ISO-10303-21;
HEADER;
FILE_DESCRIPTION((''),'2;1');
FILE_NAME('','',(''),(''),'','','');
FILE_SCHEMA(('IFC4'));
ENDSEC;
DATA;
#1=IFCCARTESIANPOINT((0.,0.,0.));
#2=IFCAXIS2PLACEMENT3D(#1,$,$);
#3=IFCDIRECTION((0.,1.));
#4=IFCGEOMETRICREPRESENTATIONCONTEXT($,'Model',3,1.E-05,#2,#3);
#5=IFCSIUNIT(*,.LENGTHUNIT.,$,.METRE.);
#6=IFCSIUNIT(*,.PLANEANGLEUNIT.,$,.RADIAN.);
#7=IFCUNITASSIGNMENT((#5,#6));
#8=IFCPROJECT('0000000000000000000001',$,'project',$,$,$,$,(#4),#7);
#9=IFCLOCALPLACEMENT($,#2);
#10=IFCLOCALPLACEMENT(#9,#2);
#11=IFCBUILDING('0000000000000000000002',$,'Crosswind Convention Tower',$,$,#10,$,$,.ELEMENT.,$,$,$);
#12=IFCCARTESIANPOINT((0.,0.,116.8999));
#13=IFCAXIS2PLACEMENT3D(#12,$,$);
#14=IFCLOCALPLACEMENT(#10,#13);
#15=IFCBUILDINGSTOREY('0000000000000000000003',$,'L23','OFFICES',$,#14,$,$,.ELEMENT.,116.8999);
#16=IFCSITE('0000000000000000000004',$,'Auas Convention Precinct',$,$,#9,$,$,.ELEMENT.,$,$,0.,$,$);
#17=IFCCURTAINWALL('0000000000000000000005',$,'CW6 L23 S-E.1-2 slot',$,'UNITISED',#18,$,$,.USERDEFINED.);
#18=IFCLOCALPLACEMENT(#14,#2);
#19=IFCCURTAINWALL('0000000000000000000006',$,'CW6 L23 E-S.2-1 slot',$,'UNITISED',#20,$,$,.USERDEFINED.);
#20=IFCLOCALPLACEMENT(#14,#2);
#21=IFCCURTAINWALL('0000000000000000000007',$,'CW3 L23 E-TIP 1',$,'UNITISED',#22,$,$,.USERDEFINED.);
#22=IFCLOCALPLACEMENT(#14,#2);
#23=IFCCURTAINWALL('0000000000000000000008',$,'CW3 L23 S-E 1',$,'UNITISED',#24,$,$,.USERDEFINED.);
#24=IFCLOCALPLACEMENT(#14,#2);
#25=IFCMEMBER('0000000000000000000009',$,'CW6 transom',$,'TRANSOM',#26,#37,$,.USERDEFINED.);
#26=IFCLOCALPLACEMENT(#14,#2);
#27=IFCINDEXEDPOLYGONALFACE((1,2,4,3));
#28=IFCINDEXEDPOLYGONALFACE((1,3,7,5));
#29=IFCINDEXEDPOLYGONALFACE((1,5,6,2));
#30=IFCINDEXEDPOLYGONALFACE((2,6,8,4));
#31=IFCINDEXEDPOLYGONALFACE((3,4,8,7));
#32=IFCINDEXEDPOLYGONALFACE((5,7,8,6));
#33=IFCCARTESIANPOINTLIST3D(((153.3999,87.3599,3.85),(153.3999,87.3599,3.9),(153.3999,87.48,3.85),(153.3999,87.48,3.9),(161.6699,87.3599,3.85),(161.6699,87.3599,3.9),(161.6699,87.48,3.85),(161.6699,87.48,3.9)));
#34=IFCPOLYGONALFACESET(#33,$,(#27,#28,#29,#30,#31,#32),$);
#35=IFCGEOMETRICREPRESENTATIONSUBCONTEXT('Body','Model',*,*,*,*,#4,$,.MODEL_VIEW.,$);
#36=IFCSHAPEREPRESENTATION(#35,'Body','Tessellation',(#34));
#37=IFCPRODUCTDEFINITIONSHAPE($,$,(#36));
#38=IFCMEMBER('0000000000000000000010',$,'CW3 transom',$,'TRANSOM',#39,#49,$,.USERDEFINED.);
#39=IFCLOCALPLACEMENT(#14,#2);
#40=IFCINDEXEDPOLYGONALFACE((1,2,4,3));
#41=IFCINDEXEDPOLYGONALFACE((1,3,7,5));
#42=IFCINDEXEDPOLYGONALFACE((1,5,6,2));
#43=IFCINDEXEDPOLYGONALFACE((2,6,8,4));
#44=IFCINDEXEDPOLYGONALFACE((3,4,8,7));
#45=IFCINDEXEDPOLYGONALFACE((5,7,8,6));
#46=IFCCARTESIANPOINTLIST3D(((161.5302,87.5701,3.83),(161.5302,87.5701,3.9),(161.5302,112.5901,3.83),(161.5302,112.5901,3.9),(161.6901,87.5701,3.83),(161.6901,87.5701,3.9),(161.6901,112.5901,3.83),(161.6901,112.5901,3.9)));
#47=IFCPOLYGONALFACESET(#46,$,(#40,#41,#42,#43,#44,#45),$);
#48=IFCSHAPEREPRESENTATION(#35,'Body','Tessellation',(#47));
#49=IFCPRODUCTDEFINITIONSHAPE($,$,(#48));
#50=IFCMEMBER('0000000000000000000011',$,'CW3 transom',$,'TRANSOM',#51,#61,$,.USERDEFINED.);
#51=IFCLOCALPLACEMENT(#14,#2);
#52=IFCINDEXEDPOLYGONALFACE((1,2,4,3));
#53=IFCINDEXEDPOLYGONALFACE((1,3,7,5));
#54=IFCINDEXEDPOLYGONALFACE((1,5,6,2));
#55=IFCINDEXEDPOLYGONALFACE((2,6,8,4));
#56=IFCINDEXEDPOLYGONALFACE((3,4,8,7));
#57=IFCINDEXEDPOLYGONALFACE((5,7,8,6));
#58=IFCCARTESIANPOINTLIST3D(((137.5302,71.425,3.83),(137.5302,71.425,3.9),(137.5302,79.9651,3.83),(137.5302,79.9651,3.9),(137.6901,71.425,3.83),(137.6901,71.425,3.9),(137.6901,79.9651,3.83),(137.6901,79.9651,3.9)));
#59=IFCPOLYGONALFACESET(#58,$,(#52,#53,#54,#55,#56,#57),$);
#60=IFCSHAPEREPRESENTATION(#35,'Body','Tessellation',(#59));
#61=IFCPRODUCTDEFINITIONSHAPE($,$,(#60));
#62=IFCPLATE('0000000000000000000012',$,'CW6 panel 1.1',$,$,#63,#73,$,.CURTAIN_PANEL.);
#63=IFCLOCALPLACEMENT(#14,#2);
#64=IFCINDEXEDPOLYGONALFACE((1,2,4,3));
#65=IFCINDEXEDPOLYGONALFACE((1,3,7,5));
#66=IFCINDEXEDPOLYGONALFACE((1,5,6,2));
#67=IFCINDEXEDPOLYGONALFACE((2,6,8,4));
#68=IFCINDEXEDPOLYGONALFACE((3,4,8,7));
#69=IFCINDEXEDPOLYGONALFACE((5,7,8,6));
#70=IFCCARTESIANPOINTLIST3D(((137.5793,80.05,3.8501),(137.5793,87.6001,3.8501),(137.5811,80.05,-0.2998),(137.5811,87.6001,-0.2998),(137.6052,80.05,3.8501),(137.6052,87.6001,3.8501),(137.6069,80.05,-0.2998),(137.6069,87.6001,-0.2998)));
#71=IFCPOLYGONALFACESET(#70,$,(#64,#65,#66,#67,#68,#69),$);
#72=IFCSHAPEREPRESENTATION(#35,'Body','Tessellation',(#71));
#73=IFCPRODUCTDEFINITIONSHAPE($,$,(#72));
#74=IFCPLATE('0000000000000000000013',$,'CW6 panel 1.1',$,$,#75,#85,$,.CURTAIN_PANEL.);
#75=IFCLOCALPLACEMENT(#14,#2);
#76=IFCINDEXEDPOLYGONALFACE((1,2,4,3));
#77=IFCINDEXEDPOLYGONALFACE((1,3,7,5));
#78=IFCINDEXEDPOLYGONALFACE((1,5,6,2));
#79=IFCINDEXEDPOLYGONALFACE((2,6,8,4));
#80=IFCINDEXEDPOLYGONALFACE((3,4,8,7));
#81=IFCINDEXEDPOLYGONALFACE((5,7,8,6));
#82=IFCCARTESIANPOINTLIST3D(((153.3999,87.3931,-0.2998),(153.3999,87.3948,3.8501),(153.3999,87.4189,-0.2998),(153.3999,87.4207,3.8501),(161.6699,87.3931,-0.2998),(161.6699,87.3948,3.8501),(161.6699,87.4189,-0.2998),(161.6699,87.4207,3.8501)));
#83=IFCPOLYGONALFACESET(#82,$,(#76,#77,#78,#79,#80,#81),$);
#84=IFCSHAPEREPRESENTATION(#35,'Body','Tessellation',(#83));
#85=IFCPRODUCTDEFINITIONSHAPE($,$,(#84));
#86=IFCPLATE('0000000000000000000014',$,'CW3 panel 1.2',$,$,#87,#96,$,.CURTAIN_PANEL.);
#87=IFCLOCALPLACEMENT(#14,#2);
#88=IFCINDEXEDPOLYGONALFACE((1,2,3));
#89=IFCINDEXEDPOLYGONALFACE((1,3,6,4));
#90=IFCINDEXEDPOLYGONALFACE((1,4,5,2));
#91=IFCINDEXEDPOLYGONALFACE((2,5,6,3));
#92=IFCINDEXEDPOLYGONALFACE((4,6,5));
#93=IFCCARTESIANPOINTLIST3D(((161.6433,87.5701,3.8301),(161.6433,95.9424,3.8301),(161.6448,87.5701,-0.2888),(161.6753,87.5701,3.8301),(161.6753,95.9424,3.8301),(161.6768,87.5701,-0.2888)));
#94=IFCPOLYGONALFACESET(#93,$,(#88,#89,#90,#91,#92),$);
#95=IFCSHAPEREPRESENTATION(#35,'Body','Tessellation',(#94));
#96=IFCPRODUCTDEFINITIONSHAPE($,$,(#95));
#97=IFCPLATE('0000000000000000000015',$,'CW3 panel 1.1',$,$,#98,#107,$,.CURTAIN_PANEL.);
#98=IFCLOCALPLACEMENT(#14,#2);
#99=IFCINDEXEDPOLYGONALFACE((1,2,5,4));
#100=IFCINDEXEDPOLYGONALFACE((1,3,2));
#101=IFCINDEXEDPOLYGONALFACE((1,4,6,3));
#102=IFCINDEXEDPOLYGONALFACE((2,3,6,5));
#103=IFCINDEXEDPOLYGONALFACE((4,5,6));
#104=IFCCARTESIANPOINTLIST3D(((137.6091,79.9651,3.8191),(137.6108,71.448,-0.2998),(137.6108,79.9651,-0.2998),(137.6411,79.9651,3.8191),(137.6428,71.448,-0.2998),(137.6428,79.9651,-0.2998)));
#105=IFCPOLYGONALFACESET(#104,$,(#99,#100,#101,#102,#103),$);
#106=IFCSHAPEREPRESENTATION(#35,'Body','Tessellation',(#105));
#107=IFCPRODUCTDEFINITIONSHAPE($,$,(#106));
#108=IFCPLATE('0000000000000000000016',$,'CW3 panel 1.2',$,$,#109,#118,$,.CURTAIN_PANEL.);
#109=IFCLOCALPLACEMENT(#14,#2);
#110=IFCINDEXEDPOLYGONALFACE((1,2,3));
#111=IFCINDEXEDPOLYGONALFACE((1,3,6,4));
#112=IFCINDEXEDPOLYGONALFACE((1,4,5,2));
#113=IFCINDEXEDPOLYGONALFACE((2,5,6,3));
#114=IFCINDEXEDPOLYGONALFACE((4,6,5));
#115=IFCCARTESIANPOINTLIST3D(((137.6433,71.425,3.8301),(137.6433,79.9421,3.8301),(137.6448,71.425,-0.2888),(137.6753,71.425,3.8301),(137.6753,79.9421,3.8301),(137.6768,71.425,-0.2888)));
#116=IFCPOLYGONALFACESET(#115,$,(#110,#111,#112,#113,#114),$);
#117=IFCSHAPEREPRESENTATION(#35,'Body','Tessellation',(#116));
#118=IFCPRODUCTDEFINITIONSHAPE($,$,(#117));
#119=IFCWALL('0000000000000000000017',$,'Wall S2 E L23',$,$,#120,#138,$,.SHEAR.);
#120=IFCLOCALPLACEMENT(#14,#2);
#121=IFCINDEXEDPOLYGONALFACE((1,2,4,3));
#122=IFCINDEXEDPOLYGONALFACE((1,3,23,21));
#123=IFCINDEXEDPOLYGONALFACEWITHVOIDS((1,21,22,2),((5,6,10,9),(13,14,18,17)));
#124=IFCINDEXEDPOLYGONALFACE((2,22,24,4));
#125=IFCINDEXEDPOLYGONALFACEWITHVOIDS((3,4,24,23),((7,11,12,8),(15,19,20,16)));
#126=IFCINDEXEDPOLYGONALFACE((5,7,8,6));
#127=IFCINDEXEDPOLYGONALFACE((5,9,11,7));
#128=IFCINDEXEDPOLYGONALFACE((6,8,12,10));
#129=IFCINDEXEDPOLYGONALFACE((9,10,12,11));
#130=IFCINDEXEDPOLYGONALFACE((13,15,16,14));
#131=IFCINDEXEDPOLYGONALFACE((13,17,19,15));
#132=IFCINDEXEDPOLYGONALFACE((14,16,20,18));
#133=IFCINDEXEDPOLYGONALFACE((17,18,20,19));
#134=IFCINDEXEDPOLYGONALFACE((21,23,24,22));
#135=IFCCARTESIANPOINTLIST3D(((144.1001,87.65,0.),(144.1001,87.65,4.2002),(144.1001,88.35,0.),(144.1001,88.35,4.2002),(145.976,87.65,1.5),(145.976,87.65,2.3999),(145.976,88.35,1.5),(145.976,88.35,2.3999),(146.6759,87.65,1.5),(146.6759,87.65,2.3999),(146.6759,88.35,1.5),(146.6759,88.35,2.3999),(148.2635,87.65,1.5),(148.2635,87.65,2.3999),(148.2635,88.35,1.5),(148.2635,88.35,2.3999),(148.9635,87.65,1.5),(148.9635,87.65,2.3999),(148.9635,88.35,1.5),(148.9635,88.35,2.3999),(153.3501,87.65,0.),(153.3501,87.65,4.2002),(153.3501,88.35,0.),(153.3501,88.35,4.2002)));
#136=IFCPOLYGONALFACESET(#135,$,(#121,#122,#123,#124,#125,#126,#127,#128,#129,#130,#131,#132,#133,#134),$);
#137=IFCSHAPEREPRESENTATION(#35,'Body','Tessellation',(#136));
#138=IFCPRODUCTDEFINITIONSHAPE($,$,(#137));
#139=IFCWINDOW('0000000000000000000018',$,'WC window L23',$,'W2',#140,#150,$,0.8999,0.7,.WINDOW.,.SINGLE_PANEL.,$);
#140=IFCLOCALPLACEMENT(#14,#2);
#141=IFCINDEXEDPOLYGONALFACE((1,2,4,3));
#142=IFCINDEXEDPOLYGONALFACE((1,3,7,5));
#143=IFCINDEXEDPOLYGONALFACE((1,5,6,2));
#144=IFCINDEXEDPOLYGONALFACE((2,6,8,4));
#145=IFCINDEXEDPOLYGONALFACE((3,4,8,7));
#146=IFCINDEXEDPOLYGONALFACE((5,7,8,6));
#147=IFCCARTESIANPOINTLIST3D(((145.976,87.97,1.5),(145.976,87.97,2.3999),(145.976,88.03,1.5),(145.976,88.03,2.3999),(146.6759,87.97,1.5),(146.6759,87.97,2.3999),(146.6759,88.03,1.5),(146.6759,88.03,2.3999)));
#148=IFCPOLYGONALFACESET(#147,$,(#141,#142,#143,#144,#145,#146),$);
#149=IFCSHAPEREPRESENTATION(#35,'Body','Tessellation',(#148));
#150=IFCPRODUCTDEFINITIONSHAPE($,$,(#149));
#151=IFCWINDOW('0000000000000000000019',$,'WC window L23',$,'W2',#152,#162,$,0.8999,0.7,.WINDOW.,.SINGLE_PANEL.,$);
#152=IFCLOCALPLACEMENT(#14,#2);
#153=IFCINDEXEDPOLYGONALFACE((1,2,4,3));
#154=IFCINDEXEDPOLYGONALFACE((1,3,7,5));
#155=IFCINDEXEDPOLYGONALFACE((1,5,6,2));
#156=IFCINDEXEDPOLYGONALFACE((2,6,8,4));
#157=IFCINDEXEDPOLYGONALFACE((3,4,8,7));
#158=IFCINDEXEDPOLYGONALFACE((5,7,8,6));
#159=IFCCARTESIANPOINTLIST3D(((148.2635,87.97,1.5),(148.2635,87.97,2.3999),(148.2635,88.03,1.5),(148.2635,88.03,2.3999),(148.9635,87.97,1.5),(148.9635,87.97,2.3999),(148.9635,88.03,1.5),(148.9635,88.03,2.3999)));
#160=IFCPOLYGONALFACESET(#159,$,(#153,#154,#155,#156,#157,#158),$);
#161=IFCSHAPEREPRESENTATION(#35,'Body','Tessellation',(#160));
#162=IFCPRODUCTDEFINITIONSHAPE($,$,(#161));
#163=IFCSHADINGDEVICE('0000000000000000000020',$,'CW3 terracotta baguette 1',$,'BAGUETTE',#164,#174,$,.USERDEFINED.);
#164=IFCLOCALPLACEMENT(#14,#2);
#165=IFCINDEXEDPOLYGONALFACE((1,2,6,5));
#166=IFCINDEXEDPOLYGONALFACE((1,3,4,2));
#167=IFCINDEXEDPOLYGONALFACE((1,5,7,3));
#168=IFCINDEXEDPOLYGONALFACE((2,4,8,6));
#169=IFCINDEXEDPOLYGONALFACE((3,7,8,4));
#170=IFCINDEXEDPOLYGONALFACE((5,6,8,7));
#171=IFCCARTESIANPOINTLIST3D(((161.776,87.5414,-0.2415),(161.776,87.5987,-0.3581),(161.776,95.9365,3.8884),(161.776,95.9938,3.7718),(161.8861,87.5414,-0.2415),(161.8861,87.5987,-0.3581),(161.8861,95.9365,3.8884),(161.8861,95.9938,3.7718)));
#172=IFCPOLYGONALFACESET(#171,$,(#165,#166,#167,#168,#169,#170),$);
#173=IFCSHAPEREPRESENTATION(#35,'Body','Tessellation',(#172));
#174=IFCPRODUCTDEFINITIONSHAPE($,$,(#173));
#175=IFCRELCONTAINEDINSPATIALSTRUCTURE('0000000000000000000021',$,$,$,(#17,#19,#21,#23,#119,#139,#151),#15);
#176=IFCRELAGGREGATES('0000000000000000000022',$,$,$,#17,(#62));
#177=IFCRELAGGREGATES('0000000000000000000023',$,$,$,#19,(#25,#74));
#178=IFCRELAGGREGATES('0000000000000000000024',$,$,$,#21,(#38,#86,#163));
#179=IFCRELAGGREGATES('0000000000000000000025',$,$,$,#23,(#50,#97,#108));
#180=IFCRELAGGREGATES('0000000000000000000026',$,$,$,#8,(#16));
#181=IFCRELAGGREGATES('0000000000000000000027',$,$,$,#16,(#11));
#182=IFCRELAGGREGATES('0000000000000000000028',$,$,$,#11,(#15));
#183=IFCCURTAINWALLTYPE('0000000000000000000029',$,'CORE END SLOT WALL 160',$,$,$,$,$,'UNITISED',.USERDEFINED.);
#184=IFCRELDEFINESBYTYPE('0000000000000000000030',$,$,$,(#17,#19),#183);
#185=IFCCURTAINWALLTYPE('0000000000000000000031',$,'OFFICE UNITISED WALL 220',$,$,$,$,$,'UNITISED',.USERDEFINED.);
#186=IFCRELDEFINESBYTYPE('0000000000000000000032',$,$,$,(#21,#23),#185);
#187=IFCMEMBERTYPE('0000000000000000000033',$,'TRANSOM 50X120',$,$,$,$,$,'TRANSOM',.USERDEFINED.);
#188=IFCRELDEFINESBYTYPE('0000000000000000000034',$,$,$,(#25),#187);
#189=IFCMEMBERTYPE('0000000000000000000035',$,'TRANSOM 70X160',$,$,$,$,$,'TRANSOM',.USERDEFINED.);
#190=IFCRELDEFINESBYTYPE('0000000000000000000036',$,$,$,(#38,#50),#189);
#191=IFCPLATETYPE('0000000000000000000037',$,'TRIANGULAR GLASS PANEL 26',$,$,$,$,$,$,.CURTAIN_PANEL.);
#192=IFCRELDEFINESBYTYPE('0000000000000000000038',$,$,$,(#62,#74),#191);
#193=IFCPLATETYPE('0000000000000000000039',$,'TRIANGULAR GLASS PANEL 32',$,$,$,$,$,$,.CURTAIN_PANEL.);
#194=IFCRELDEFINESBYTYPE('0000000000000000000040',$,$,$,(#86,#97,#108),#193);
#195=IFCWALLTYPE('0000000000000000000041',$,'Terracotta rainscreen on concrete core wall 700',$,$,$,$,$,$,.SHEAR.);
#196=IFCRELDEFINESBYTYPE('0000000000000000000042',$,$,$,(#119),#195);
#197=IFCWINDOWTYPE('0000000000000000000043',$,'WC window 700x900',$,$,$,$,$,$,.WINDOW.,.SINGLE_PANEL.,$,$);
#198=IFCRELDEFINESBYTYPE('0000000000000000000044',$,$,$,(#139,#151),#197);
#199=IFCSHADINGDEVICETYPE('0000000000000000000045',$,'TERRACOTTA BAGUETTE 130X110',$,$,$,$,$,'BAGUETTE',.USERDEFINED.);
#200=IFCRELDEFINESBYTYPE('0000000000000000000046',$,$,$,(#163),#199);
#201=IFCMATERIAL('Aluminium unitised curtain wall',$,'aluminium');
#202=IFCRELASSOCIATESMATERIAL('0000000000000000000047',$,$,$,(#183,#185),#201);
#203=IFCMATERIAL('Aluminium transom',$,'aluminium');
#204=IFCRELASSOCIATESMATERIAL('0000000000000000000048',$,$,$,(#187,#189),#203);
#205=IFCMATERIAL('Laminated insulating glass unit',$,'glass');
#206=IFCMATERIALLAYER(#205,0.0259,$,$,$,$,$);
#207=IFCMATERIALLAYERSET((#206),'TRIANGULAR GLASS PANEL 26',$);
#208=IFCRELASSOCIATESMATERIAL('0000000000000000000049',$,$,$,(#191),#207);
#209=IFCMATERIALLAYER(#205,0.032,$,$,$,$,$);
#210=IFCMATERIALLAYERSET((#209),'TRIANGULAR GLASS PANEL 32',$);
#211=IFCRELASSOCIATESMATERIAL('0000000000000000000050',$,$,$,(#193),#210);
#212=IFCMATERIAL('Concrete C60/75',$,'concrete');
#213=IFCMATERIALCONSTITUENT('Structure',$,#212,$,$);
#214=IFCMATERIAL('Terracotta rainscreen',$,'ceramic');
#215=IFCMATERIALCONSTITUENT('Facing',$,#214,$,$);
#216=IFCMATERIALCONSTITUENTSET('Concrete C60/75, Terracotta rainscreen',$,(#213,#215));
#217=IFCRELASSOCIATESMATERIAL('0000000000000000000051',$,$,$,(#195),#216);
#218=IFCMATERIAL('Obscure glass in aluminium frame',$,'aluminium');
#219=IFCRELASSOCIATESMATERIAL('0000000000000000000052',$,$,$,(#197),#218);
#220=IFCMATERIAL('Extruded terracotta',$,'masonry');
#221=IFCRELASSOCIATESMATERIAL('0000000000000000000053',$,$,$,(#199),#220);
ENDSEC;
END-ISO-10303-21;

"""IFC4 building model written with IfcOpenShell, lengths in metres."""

from ifc_helpers import new_model, si_unit, direction, frame, frame_2d, origin, origin_2d, place, context, subcontext, project, spatial, polyline, rectangle, outline, extrude, material, layer, layer_set, constituent, constituent_set, material_profile, profile_set, type_object, element, fill, aggregate, save


model = new_model("IFC4")

# Units and contexts
model_context = context("Model", 3, precision=1e-05, world=origin(), true_north=direction((0.0, 1.0)))
body_context = subcontext(model_context, "Body", "Model", "MODEL_VIEW")
ifc_project = project(units=[si_unit("LENGTHUNIT", "METRE"), si_unit("PLANEANGLEUNIT", "RADIAN")], contexts=[model_context])

# Site, building, storey
site_placement = place(None, origin())
site = spatial("IfcSite", under=ifc_project, at=site_placement, Name="Auas Convention Precinct", CompositionType="ELEMENT", RefElevation=0.0)
building_placement = place(site_placement, origin())
building = spatial("IfcBuilding", under=site, at=building_placement, Name="Crosswind Convention Tower", CompositionType="ELEMENT")
storey_placement = place(building_placement, frame((0.0, 0.0, 116.8999)))
storey = spatial("IfcBuildingStorey", under=building, at=storey_placement, Name="L23", Description="OFFICES", CompositionType="ELEMENT", Elevation=116.8999)

# Shared definitions
ifc_material_1 = material(Name="Concrete C60/75", Category="concrete")

# Curtain wall
ifc_material_2 = material(Name="Aluminium unitised curtain wall", Category="aluminium")
curtain_wall_type_1 = type_object("IfcCurtainWallType", Name="CORE END SLOT WALL 160", ElementType="UNITISED", PredefinedType="USERDEFINED", material=ifc_material_2)
curtain_wall_1_placement = place(storey_placement, origin())
curtain_wall_1 = element("IfcCurtainWall", 1, at=curtain_wall_1_placement, inside=storey, type_object=curtain_wall_type_1, Name="CW6 L23 S-E.1-2 slot", ObjectType="UNITISED", PredefinedType="USERDEFINED")

# Curtain wall
curtain_wall_2_placement = place(storey_placement, origin())
curtain_wall_2 = element("IfcCurtainWall", 2, at=curtain_wall_2_placement, inside=storey, type_object=curtain_wall_type_1, Name="CW6 L23 E-S.2-1 slot", ObjectType="UNITISED", PredefinedType="USERDEFINED")

# Curtain walls
curtain_wall_type_2 = type_object("IfcCurtainWallType", Name="OFFICE UNITISED WALL 220", ElementType="UNITISED", PredefinedType="USERDEFINED", material=ifc_material_2)
curtain_wall_3_placement = place(storey_placement, origin())
curtain_wall_3 = element("IfcCurtainWall", 3, at=curtain_wall_3_placement, inside=storey, type_object=curtain_wall_type_2, Name="CW3 L23 E-TIP 1", ObjectType="UNITISED", PredefinedType="USERDEFINED")
curtain_wall_4_placement = place(storey_placement, origin())
curtain_wall_4 = element("IfcCurtainWall", 4, at=curtain_wall_4_placement, inside=storey, type_object=curtain_wall_type_2, Name="CW3 L23 S-E 1", ObjectType="UNITISED", PredefinedType="USERDEFINED")

# Members
ifc_material_3 = material(Name="Aluminium transom", Category="aluminium")
ifc_material_profile_1 = material_profile(ifc_material_3, rectangle(XDim=0.1201, YDim=0.05, at=origin_2d()), Name="AL 120X50")
ifc_profile_set_1 = profile_set([ifc_material_profile_1], Name="Aluminium transom")
member_type_1 = type_object("IfcMemberType", Name="TRANSOM 50X120", ElementType="TRANSOM", PredefinedType="USERDEFINED", material=ifc_profile_set_1)
member_1_placement = place(storey_placement, frame((153.3999, 87.4199, 3.875), z_axis=(1.0, 0.0, 0.0), x_axis=(0.0, 1.0, 0.0)))
member_1 = element("IfcMember", 5, at=member_1_placement, type_object=member_type_1, Name="CW6 transom", ObjectType="TRANSOM", PredefinedType="USERDEFINED", context=body_context, shape_type="SweptSolid", body=[
    extrude(rectangle(XDim=0.1201, YDim=0.05, at=origin_2d()), origin(), (0.0, 0.0, 1.0), 8.27),
])
ifc_material_profile_2 = material_profile(ifc_material_3, rectangle(XDim=0.1599, YDim=0.0701, at=origin_2d()), Name="AL 160X70")
ifc_profile_set_2 = profile_set([ifc_material_profile_2], Name="Aluminium transom")
member_type_2 = type_object("IfcMemberType", Name="TRANSOM 70X160", ElementType="TRANSOM", PredefinedType="USERDEFINED", material=ifc_profile_set_2)
member_2_placement = place(storey_placement, frame((161.6101, 87.5701, 3.865), z_axis=(0.0, 1.0, 0.0), x_axis=(-1.0, 0.0, 0.0)))
member_2 = element("IfcMember", 6, at=member_2_placement, type_object=member_type_2, Name="CW3 transom", ObjectType="TRANSOM", PredefinedType="USERDEFINED", context=body_context, shape_type="SweptSolid", body=[
    extrude(rectangle(XDim=0.1599, YDim=0.0701, at=origin_2d()), origin(), (0.0, 0.0, 1.0), 25.02),
])
member_3_placement = place(storey_placement, frame((137.6101, 71.425, 3.865), z_axis=(0.0, 1.0, 0.0), x_axis=(-1.0, 0.0, 0.0)))
member_3 = element("IfcMember", 7, at=member_3_placement, type_object=member_type_2, Name="CW3 transom", ObjectType="TRANSOM", PredefinedType="USERDEFINED", context=body_context, shape_type="SweptSolid", body=[
    extrude(rectangle(XDim=0.1599, YDim=0.0701, at=origin_2d()), origin(), (0.0, 0.0, 1.0), 8.54),
])

# Plates
ifc_material_4 = material(Name="Laminated insulating glass unit", Category="glass")
ifc_layer_1 = layer(ifc_material_4, 0.0259)
ifc_layer_set_1 = layer_set([ifc_layer_1], Name="TRIANGULAR GLASS PANEL 26")
plate_type_1 = type_object("IfcPlateType", Name="TRIANGULAR GLASS PANEL 26", PredefinedType="CURTAIN_PANEL", material=ifc_layer_set_1)
plate_1_placement = place(storey_placement, frame((137.6069, 80.05, -0.2998), z_axis=(1.0, 0.0, 0.000412), x_axis=(0.0, 1.0, 0.0)))
plate_1 = element("IfcPlate", 8, at=plate_1_placement, type_object=plate_type_1, Name="CW6 panel 1.1", PredefinedType="CURTAIN_PANEL", context=body_context, shape_type="SweptSolid", body=[
    extrude(outline(polyline([(0.0, 0.0), (7.55, 0.0), (7.55, 4.1499), (0.0, 4.1499), (0.0, 0.0)])), origin(), (0.0, 0.0, -1.0), 0.0259),
])
aggregate(curtain_wall_1, [plate_1])
plate_2_placement = place(storey_placement, frame((153.3999, 87.3931, -0.2998), z_axis=(0.0, -1.0, 0.000412), x_axis=(1.0, 0.0, 0.0)))
plate_2 = element("IfcPlate", 9, at=plate_2_placement, type_object=plate_type_1, Name="CW6 panel 1.1", PredefinedType="CURTAIN_PANEL", context=body_context, shape_type="SweptSolid", body=[
    extrude(outline(polyline([(0.0, 0.0), (8.27, 0.0), (8.27, 4.1499), (0.0, 4.1499), (0.0, 0.0)])), origin(), (0.0, 0.0, -1.0), 0.0259),
])
aggregate(curtain_wall_2, [member_1, plate_2])
ifc_layer_2 = layer(ifc_material_4, 0.032)
ifc_layer_set_2 = layer_set([ifc_layer_2], Name="TRIANGULAR GLASS PANEL 32")
plate_type_2 = type_object("IfcPlateType", Name="TRIANGULAR GLASS PANEL 32", PredefinedType="CURTAIN_PANEL", material=ifc_layer_set_2)
plate_3_placement = place(storey_placement, frame((161.6753, 87.5701, 3.8301), z_axis=(1.0, 0.0, 0.000356), x_axis=(0.000356, 0.0, -1.0)))
plate_3 = element("IfcPlate", 10, at=plate_3_placement, type_object=plate_type_2, Name="CW3 panel 1.2", PredefinedType="CURTAIN_PANEL", context=body_context, shape_type="SweptSolid", body=[
    extrude(outline(polyline([(0.0, 0.0), (4.1189, 0.0), (0.0, 8.3723), (0.0, 0.0)])), origin(), (0.0, 0.0, -1.0), 0.032),
])
plate_4_placement = place(storey_placement, frame((137.6428, 79.9651, -0.2998), z_axis=(1.0, 0.0, 0.000415), x_axis=(-0.000415, 0.0, 1.0)))
plate_4 = element("IfcPlate", 11, at=plate_4_placement, type_object=plate_type_2, Name="CW3 panel 1.1", PredefinedType="CURTAIN_PANEL", context=body_context, shape_type="SweptSolid", body=[
    extrude(outline(polyline([(0.0, 0.0), (4.1189, 0.0), (0.0, 8.5171), (0.0, 0.0)])), origin(), (0.0, 0.0, -1.0), 0.032),
])
plate_5_placement = place(storey_placement, frame((137.6753, 71.425, 3.8301), z_axis=(1.0, 0.0, 0.000356), x_axis=(0.000356, 0.0, -1.0)))
plate_5 = element("IfcPlate", 12, at=plate_5_placement, type_object=plate_type_2, Name="CW3 panel 1.2", PredefinedType="CURTAIN_PANEL", context=body_context, shape_type="SweptSolid", body=[
    extrude(outline(polyline([(0.0, 0.0), (4.1189, 0.0), (0.0, 8.5171), (0.0, 0.0)])), origin(), (0.0, 0.0, -1.0), 0.032),
])

# Wall, openings, windows
ifc_constituent_1 = constituent(ifc_material_1, Name="Structure")
ifc_material_5 = material(Name="Terracotta rainscreen", Category="ceramic")
ifc_constituent_2 = constituent(ifc_material_5, Name="Facing")
ifc_constituent_set = constituent_set(constituents=[ifc_constituent_1, ifc_constituent_2], Name="Concrete C60/75, Terracotta rainscreen")
wall_type = type_object("IfcWallType", Name="Terracotta rainscreen on concrete core wall 700", PredefinedType="SHEAR", material=ifc_constituent_set)
wall_placement = place(storey_placement, frame((144.1001, 88.0, 0.0), z_axis=(0.0, 0.0, 1.0), x_axis=(1.0, 0.0, 0.0)))
wall = element("IfcWall", 13, at=wall_placement, inside=storey, type_object=wall_type, Name="Wall S2 E L23", PredefinedType="SHEAR", context=body_context, shape_type="SweptSolid", body=[
    extrude(rectangle(XDim=9.25, YDim=0.7, at=frame_2d((4.625, 0.0))), origin(), (0.0, 0.0, 1.0), 4.2002),
])
opening_1_placement = place(wall_placement, frame((1.8757, 0.0, 1.5)))
opening_1 = element("IfcOpeningElement", 14, at=opening_1_placement, cuts=wall, PredefinedType="OPENING", context=body_context, shape_type="SweptSolid", body=[
    extrude(rectangle(XDim=0.7, YDim=0.8999, at=frame_2d((0.3501, 0.45))), frame((0.0, 0.3599, 0.0), z_axis=(0.0, -1.0, 0.0), x_axis=(1.0, 0.0, 0.0)), (0.0, 0.0, 1.0), 0.72),
])
opening_2_placement = place(wall_placement, frame((4.1633, 0.0, 1.5)))
opening_2 = element("IfcOpeningElement", 15, at=opening_2_placement, cuts=wall, PredefinedType="OPENING", context=body_context, shape_type="SweptSolid", body=[
    extrude(rectangle(XDim=0.7, YDim=0.8999, at=frame_2d((0.3501, 0.45))), frame((0.0, 0.3599, 0.0), z_axis=(0.0, -1.0, 0.0), x_axis=(1.0, 0.0, 0.0)), (0.0, 0.0, 1.0), 0.72),
])
ifc_material_6 = material(Name="Obscure glass in aluminium frame", Category="aluminium")
window_type = type_object("IfcWindowType", Name="WC window 700x900", PartitioningType="SINGLE_PANEL", PredefinedType="WINDOW", material=ifc_material_6)
window_1_placement = place(opening_1_placement, origin())
window_1 = element("IfcWindow", 16, at=window_1_placement, inside=storey, type_object=window_type, Name="WC window L23", ObjectType="W2", OverallHeight=0.8999, OverallWidth=0.7, PartitioningType="SINGLE_PANEL", PredefinedType="WINDOW", context=body_context, shape_type="SweptSolid", body=[
    extrude(rectangle(XDim=0.7, YDim=0.8999, at=frame_2d((0.3501, 0.45))), frame((0.0, 0.03, 0.0), z_axis=(0.0, -1.0, 0.0), x_axis=(1.0, 0.0, 0.0)), (0.0, 0.0, 1.0), 0.0601),
])
fill(opening_1, window_1)
window_2_placement = place(opening_2_placement, origin())
window_2 = element("IfcWindow", 17, at=window_2_placement, inside=storey, type_object=window_type, Name="WC window L23", ObjectType="W2", OverallHeight=0.8999, OverallWidth=0.7, PartitioningType="SINGLE_PANEL", PredefinedType="WINDOW", context=body_context, shape_type="SweptSolid", body=[
    extrude(rectangle(XDim=0.7, YDim=0.8999, at=frame_2d((0.3501, 0.45))), frame((0.0, 0.03, 0.0), z_axis=(0.0, -1.0, 0.0), x_axis=(1.0, 0.0, 0.0)), (0.0, 0.0, 1.0), 0.0601),
])
fill(opening_2, window_2)

# Shading device
ifc_material_7 = material(Name="Extruded terracotta", Category="masonry")
ifc_material_profile_3 = material_profile(ifc_material_7, rectangle(XDim=0.1101, YDim=0.1299, at=origin_2d()), Name="TC 110X130")
ifc_profile_set_3 = profile_set([ifc_material_profile_3], Name="Extruded terracotta")
shading_device_type = type_object("IfcShadingDeviceType", Name="TERRACOTTA BAGUETTE 130X110", ElementType="BAGUETTE", PredefinedType="USERDEFINED", material=ifc_profile_set_3)
shading_device_1_placement = place(storey_placement, frame((161.8311, 87.5701, -0.2998), z_axis=(0.0, 0.8973, 0.441422), x_axis=(-1.0, 0.0, 0.0)))
shading_device_1 = element("IfcShadingDevice", 18, at=shading_device_1_placement, type_object=shading_device_type, Name="CW3 terracotta baguette 1", ObjectType="BAGUETTE", PredefinedType="USERDEFINED", context=body_context, shape_type="SweptSolid", body=[
    extrude(rectangle(XDim=0.1101, YDim=0.1299, at=origin_2d()), origin(), (0.0, 0.0, 1.0), 9.356),
])
aggregate(curtain_wall_3, [member_2, plate_3, shading_device_1])
aggregate(curtain_wall_4, [member_3, plate_4, plate_5])

save(model, "model.ifc")
